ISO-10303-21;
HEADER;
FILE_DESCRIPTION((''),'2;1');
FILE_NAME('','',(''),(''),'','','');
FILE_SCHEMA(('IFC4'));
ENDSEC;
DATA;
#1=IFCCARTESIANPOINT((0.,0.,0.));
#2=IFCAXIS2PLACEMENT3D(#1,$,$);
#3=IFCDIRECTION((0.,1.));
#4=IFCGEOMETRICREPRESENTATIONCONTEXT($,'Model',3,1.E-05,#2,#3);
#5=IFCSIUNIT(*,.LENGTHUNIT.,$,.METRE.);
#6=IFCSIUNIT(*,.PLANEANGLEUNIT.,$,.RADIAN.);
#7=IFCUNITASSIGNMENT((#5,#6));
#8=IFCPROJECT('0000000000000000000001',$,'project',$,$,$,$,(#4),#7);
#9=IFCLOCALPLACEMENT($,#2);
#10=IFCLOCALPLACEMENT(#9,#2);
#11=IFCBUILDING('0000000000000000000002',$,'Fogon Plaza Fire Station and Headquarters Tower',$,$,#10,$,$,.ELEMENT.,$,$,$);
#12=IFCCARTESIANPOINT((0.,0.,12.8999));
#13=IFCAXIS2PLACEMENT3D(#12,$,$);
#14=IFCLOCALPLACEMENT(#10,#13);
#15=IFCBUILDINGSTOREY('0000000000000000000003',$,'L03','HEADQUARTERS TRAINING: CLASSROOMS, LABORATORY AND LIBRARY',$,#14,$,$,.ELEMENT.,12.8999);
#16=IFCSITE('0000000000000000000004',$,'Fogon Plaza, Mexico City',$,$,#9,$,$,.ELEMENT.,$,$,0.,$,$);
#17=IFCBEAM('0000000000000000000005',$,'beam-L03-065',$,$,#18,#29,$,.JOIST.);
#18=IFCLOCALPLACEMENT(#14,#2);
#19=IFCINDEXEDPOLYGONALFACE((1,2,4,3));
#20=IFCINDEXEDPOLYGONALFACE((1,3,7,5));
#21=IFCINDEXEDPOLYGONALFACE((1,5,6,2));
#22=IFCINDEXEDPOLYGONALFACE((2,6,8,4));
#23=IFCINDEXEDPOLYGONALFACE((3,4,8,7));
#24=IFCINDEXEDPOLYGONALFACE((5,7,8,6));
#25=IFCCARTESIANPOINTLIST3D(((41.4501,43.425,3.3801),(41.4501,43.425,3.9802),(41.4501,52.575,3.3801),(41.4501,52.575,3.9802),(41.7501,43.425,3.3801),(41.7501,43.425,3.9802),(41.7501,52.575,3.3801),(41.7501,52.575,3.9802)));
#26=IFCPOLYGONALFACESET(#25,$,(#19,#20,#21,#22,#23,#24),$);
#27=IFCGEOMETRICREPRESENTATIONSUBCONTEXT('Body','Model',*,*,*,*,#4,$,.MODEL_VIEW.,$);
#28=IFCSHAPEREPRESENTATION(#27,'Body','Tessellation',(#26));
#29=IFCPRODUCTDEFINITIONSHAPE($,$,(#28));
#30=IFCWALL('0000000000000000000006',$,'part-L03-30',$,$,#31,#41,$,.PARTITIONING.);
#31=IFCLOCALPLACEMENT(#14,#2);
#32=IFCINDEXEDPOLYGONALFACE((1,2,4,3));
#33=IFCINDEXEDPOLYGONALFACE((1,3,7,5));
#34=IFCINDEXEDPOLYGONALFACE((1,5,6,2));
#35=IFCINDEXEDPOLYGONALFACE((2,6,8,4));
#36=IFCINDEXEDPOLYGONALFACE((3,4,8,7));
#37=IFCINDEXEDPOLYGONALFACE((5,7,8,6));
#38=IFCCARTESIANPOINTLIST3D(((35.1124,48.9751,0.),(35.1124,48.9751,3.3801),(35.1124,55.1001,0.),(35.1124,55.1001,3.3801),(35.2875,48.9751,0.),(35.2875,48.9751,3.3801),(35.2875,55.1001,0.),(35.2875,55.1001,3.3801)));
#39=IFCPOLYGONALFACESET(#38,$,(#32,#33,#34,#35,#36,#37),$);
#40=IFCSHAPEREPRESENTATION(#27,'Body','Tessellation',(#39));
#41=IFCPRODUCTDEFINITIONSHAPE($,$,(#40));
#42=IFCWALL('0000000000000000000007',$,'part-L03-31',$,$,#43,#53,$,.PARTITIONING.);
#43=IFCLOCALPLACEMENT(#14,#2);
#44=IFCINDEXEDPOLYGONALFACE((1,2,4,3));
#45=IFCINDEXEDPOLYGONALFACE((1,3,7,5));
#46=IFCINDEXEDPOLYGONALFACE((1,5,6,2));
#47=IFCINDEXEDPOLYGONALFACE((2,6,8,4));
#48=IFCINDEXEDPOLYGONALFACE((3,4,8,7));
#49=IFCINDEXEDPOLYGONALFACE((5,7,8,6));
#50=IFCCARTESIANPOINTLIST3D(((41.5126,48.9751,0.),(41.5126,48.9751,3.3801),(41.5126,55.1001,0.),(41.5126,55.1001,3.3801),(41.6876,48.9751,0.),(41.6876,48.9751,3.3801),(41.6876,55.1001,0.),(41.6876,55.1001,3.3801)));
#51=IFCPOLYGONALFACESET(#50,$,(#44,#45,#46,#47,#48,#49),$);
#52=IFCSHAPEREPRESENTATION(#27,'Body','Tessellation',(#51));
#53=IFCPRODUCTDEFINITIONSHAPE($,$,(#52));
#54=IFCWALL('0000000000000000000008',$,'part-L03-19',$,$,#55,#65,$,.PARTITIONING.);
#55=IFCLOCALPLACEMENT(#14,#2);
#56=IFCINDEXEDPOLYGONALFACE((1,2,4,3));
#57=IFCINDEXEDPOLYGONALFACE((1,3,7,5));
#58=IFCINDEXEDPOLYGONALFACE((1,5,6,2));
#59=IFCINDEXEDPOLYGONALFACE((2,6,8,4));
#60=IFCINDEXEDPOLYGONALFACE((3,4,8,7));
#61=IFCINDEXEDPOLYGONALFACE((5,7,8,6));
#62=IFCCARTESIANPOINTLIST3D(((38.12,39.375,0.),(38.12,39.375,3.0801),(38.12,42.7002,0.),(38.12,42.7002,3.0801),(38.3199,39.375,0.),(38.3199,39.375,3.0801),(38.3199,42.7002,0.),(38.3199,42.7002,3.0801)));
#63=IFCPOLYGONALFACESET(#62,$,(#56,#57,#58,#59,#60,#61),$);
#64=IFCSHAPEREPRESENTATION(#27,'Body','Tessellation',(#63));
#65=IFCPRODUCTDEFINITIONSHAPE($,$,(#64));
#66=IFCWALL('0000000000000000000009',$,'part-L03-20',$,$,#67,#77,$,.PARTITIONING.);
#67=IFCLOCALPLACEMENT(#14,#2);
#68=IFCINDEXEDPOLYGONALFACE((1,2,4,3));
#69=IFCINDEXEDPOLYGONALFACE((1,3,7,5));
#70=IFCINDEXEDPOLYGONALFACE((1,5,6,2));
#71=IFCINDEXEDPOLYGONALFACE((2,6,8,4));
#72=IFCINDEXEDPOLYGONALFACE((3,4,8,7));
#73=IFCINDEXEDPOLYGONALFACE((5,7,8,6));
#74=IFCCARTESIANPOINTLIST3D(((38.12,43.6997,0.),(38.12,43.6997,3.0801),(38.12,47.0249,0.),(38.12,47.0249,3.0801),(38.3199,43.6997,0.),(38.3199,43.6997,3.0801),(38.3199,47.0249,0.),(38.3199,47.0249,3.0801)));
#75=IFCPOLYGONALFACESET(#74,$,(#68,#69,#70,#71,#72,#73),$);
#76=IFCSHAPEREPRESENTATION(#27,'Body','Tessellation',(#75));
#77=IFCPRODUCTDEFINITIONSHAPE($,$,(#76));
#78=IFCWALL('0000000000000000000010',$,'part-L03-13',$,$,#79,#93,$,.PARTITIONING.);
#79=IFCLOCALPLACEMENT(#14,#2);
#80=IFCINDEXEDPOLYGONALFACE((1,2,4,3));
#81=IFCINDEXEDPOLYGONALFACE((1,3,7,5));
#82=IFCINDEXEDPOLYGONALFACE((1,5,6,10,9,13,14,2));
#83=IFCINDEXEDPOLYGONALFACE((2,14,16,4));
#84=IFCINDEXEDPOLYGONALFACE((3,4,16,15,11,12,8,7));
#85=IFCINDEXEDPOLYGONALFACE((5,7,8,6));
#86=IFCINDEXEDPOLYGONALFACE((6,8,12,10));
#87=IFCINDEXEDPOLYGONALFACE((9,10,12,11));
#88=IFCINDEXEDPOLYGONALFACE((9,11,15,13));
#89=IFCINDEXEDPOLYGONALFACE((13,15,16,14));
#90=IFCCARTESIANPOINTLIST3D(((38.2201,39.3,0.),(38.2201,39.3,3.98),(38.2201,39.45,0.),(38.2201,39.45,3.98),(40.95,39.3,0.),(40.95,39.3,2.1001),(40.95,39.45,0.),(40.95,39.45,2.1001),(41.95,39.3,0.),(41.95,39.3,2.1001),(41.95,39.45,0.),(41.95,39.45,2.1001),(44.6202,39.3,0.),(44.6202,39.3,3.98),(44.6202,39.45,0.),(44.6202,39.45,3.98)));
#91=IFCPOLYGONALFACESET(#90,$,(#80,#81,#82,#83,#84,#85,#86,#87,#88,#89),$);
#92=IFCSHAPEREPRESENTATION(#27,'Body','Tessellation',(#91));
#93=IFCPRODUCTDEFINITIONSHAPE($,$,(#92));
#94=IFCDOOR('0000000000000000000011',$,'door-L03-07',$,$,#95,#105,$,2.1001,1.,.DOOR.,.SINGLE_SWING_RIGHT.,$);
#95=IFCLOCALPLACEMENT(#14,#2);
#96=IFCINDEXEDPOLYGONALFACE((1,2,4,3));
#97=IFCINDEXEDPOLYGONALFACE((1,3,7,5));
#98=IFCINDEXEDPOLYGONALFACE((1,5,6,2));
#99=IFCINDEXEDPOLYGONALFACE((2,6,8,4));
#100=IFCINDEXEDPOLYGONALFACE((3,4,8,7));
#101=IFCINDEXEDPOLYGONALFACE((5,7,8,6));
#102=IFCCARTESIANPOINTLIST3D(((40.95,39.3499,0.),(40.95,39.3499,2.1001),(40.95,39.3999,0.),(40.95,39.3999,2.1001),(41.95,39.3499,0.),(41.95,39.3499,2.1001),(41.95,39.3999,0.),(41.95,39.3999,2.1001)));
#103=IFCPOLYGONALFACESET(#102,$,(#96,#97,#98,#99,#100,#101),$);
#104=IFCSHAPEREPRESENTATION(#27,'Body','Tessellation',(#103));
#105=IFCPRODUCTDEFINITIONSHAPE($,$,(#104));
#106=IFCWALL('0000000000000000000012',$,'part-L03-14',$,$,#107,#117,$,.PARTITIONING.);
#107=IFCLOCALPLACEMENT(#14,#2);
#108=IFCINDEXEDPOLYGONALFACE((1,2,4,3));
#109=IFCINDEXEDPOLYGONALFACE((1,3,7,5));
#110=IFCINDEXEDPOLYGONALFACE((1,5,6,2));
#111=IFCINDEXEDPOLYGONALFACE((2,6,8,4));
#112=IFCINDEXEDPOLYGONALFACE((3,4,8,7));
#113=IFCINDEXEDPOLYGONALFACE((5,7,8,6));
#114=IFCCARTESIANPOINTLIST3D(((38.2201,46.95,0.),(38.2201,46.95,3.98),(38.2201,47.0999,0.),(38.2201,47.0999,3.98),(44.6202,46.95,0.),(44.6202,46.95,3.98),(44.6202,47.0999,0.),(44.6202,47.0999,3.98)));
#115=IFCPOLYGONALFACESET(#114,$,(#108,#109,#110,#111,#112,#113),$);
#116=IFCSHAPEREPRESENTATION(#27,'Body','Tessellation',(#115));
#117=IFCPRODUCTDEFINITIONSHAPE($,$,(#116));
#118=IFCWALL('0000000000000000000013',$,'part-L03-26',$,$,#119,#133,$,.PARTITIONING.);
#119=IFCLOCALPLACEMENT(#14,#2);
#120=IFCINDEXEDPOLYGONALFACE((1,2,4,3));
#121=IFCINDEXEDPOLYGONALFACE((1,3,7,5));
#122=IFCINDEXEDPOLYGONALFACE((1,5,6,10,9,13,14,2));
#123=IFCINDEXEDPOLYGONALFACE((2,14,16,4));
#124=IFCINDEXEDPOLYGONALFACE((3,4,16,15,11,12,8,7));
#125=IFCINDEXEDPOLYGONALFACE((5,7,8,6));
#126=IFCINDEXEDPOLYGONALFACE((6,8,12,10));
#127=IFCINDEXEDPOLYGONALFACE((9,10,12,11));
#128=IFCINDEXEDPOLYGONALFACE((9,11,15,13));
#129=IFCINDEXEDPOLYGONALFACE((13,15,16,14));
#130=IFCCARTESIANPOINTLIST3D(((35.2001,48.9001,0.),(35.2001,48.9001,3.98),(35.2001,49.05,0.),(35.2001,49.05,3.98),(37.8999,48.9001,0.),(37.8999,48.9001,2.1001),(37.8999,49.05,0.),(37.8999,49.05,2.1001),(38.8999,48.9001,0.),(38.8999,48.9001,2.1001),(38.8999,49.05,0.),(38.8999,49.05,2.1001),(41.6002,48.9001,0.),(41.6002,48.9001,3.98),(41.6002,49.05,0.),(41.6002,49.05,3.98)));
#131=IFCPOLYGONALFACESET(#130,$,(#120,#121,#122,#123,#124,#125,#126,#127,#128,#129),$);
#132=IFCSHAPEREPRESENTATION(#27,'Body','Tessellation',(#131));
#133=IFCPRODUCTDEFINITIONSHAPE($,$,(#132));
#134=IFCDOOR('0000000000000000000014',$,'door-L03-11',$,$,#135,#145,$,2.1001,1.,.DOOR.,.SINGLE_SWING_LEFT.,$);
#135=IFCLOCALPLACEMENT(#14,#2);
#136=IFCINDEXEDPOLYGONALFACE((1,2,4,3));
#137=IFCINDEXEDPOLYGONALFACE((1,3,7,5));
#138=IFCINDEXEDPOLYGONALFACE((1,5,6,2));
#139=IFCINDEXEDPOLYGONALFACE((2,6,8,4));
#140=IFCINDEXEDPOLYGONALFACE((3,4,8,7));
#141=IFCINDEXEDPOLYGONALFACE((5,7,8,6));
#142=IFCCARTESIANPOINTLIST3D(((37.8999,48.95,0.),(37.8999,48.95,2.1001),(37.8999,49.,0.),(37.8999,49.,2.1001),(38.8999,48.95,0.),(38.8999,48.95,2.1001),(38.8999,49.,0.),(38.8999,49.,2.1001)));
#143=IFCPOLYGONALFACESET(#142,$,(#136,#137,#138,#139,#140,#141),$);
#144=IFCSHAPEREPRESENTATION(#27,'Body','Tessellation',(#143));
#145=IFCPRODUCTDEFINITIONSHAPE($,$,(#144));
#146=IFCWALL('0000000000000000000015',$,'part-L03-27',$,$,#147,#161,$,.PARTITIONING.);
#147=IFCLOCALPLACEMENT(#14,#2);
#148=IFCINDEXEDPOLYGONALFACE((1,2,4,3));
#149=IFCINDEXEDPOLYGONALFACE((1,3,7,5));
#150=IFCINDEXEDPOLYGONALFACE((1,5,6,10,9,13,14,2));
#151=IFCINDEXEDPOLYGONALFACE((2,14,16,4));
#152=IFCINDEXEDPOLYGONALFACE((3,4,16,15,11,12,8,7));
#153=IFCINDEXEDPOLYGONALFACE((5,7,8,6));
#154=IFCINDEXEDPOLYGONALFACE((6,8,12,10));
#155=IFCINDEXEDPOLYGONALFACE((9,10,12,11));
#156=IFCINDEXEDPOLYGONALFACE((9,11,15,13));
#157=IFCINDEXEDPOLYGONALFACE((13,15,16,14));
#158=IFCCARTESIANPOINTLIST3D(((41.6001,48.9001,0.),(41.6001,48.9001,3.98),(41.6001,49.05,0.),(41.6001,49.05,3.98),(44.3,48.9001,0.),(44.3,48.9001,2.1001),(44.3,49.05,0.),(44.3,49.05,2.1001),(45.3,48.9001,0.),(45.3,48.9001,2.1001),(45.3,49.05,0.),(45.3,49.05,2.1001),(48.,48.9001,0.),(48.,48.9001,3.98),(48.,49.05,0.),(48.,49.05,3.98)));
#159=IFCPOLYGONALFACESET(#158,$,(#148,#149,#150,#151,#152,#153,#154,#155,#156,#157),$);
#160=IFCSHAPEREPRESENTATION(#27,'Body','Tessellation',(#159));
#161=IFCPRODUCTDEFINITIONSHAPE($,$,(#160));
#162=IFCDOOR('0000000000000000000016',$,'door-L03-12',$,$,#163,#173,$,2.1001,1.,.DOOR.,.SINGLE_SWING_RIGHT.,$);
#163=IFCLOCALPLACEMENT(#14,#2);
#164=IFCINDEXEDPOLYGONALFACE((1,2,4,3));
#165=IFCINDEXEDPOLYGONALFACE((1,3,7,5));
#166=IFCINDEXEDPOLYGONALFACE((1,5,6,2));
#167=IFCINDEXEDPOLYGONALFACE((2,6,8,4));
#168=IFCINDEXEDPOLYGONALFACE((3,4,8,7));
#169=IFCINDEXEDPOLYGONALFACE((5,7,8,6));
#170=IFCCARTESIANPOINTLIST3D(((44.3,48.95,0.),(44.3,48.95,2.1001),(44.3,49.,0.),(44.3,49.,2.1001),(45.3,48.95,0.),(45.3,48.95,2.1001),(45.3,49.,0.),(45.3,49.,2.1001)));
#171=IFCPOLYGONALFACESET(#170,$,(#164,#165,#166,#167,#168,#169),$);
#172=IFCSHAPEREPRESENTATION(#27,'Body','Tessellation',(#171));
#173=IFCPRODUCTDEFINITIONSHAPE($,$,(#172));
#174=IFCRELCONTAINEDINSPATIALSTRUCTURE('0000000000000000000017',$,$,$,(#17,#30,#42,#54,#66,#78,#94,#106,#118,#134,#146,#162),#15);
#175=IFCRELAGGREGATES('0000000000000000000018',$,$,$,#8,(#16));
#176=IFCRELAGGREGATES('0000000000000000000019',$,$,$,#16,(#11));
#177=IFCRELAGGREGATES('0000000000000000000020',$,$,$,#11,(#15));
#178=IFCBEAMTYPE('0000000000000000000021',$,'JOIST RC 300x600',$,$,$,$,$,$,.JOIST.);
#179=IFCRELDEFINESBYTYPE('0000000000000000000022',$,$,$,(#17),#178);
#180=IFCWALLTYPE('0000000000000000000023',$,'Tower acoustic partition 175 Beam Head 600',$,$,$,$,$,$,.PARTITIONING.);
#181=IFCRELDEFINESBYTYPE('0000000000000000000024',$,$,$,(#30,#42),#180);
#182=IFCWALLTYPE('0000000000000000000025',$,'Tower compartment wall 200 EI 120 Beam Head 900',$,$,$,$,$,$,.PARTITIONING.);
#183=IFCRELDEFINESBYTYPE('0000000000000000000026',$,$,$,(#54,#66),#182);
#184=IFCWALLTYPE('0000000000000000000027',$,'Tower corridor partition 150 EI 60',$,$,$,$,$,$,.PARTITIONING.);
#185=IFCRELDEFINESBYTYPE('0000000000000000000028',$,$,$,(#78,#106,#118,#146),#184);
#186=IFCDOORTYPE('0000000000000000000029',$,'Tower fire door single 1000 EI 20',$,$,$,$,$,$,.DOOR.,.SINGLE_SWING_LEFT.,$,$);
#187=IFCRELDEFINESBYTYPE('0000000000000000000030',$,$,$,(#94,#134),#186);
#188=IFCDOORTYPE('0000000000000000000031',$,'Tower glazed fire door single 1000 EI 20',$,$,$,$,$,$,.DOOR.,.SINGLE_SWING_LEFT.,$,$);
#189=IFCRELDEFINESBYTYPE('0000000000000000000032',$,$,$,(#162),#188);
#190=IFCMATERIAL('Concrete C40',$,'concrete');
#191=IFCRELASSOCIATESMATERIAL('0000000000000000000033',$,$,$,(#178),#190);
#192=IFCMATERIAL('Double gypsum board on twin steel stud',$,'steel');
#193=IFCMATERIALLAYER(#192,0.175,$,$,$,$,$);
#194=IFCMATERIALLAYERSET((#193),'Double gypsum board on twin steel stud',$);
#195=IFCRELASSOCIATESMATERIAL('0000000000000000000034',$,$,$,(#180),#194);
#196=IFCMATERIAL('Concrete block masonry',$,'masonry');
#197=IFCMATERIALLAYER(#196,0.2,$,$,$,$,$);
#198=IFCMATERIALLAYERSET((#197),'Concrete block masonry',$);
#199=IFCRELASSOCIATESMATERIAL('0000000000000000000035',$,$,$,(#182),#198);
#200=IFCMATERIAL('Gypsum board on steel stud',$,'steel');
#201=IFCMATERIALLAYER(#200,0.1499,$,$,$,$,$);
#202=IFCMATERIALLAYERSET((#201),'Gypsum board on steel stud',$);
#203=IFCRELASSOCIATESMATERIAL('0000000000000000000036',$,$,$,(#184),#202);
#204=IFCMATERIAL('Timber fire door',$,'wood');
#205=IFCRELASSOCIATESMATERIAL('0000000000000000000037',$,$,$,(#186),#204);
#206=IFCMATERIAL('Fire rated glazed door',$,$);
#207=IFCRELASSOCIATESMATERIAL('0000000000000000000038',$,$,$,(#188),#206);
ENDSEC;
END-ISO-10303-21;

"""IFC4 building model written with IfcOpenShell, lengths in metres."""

from ifc_helpers import new_model, si_unit, direction, frame, frame_2d, origin, origin_2d, place, context, subcontext, project, spatial, rectangle, extrude, material, layer, layer_set, material_profile, profile_set, type_object, element, fill, save


model = new_model("IFC4")

# Units and contexts
model_context = context("Model", 3, precision=1e-05, world=origin(), true_north=direction((0.0, 1.0)))
body_context = subcontext(model_context, "Body", "Model", "MODEL_VIEW")
ifc_project = project(units=[si_unit("LENGTHUNIT", "METRE"), si_unit("PLANEANGLEUNIT", "RADIAN")], contexts=[model_context])

# Site, building, storey
site_placement = place(None, origin())
site = spatial("IfcSite", under=ifc_project, at=site_placement, Name="Fogon Plaza, Mexico City", CompositionType="ELEMENT", RefElevation=0.0)
building_placement = place(site_placement, origin())
building = spatial("IfcBuilding", under=site, at=building_placement, Name="Fogon Plaza Fire Station and Headquarters Tower", CompositionType="ELEMENT")
storey_placement = place(building_placement, frame((0.0, 0.0, 12.8999)))
storey = spatial("IfcBuildingStorey", under=building, at=storey_placement, Name="L03", Description="HEADQUARTERS TRAINING: CLASSROOMS, LABORATORY AND LIBRARY", CompositionType="ELEMENT", Elevation=12.8999)

# Beam
ifc_material_1 = material(Name="Concrete C40", Category="concrete")
ifc_material_profile_1 = material_profile(ifc_material_1, rectangle(XDim=0.3, YDim=0.6001, at=origin_2d()), Name="RC 300x600")
ifc_profile_set_1 = profile_set([ifc_material_profile_1], Name="Concrete C40")
beam_type_1 = type_object("IfcBeamType", Name="JOIST RC 300x600", PredefinedType="JOIST", material=ifc_profile_set_1)
for number, where, z_axis, x_axis, name in (
    (1, (41.6001, 43.425, 3.6802), (0.0, 1.0, 0.0), (-1.0, 0.0, 0.0), "beam-L03-065"),
):
    element("IfcBeam", number, at=place(storey_placement, frame(where, z_axis=z_axis, x_axis=x_axis)), inside=storey, type_object=beam_type_1, Name=name, PredefinedType="JOIST", context=body_context, shape_type="SweptSolid", body=[
        extrude(rectangle(XDim=0.3, YDim=0.6001, at=origin_2d()), origin(), (0.0, 0.0, 1.0), 9.1499),
    ])

# Walls
ifc_material_2 = material(Name="Double gypsum board on twin steel stud", Category="steel")
ifc_layer_1 = layer(ifc_material_2, 0.175)
ifc_layer_set_1 = layer_set([ifc_layer_1], Name="Double gypsum board on twin steel stud")
wall_type_1 = type_object("IfcWallType", Name="Tower acoustic partition 175 Beam Head 600", PredefinedType="PARTITIONING", material=ifc_layer_set_1)
for number, where, z_axis, x_axis, name in (
    (2, (35.2, 48.9751, 0.0), (0.0, 0.0, 1.0), (0.0, 1.0, 0.0), "part-L03-30"),
    (3, (41.6001, 48.9751, 0.0), (0.0, 0.0, 1.0), (0.0, 1.0, 0.0), "part-L03-31"),
):
    element("IfcWall", number, at=place(storey_placement, frame(where, z_axis=z_axis, x_axis=x_axis)), inside=storey, type_object=wall_type_1, Name=name, PredefinedType="PARTITIONING", context=body_context, shape_type="SweptSolid", body=[
        extrude(rectangle(XDim=6.125, YDim=0.175, at=frame_2d((3.0625, 0.0))), origin(), (0.0, 0.0, 1.0), 3.3801),
    ])
ifc_material_3 = material(Name="Concrete block masonry", Category="masonry")
ifc_layer_2 = layer(ifc_material_3, 0.2)
ifc_layer_set_2 = layer_set([ifc_layer_2], Name="Concrete block masonry")
wall_type_2 = type_object("IfcWallType", Name="Tower compartment wall 200 EI 120 Beam Head 900", PredefinedType="PARTITIONING", material=ifc_layer_set_2)
for number, where, z_axis, x_axis, name in (
    (4, (38.22, 39.375, 0.0), (0.0, 0.0, 1.0), (0.0, 1.0, 0.0), "part-L03-19"),
    (5, (38.22, 43.6997, 0.0), (0.0, 0.0, 1.0), (0.0, 1.0, 0.0), "part-L03-20"),
):
    element("IfcWall", number, at=place(storey_placement, frame(where, z_axis=z_axis, x_axis=x_axis)), inside=storey, type_object=wall_type_2, Name=name, PredefinedType="PARTITIONING", context=body_context, shape_type="SweptSolid", body=[
        extrude(rectangle(XDim=3.3252, YDim=0.2, at=frame_2d((1.6626, 0.0))), origin(), (0.0, 0.0, 1.0), 3.0801),
    ])

# Wall, opening, door
ifc_material_4 = material(Name="Gypsum board on steel stud", Category="steel")
ifc_layer_3 = layer(ifc_material_4, 0.1499)
ifc_layer_set_3 = layer_set([ifc_layer_3], Name="Gypsum board on steel stud")
wall_type_3 = type_object("IfcWallType", Name="Tower corridor partition 150 EI 60", PredefinedType="PARTITIONING", material=ifc_layer_set_3)
wall_1_placement = place(storey_placement, frame((38.22, 39.375, 0.0), z_axis=(0.0, 0.0, 1.0), x_axis=(1.0, 0.0, 0.0)))
wall_1 = element("IfcWall", 6, at=wall_1_placement, inside=storey, type_object=wall_type_3, Name="part-L03-13", PredefinedType="PARTITIONING", context=body_context, shape_type="SweptSolid", body=[
    extrude(rectangle(XDim=6.4001, YDim=0.1499, at=frame_2d((3.2002, 0.0))), origin(), (0.0, 0.0, 1.0), 3.98),
])
opening_1_placement = place(wall_1_placement, frame((2.73, 0.0, 0.0)))
opening_1 = element("IfcOpeningElement", 7, at=opening_1_placement, cuts=wall_1, PredefinedType="OPENING", context=body_context, shape_type="SweptSolid", body=[
    extrude(rectangle(XDim=1.0, YDim=2.1001, at=frame_2d((0.5, 1.05))), frame((0.0, 0.085, 0.0), z_axis=(0.0, -1.0, 0.0), x_axis=(1.0, 0.0, 0.0)), (0.0, 0.0, 1.0), 0.1699),
])
ifc_material_5 = material(Name="Timber fire door", Category="wood")
door_type_1 = type_object("IfcDoorType", Name="Tower fire door single 1000 EI 20", OperationType="SINGLE_SWING_LEFT", PredefinedType="DOOR", material=ifc_material_5)
door_1_placement = place(opening_1_placement, origin())
door_1 = element("IfcDoor", 8, at=door_1_placement, inside=storey, type_object=door_type_1, Name="door-L03-07", OperationType="SINGLE_SWING_RIGHT", OverallHeight=2.1001, OverallWidth=1.0, PredefinedType="DOOR", context=body_context, shape_type="SweptSolid", body=[
    extrude(rectangle(XDim=1.0, YDim=2.1001, at=frame_2d((0.5, 1.05))), frame((0.0, 0.0249, 0.0), z_axis=(0.0, -1.0, 0.0), x_axis=(1.0, 0.0, 0.0)), (0.0, 0.0, 1.0), 0.05),
])
fill(opening_1, door_1)

# Wall
wall_2_placement = place(storey_placement, frame((38.22, 47.0249, 0.0), z_axis=(0.0, 0.0, 1.0), x_axis=(1.0, 0.0, 0.0)))
element("IfcWall", 9, at=wall_2_placement, inside=storey, type_object=wall_type_3, Name="part-L03-14", PredefinedType="PARTITIONING", context=body_context, shape_type="SweptSolid", body=[
    extrude(rectangle(XDim=6.4001, YDim=0.1499, at=frame_2d((3.2002, 0.0))), origin(), (0.0, 0.0, 1.0), 3.98),
])

# Walls, openings, doors
wall_3_placement = place(storey_placement, frame((35.2, 48.9751, 0.0), z_axis=(0.0, 0.0, 1.0), x_axis=(1.0, 0.0, 0.0)))
wall_3 = element("IfcWall", 10, at=wall_3_placement, inside=storey, type_object=wall_type_3, Name="part-L03-26", PredefinedType="PARTITIONING", context=body_context, shape_type="SweptSolid", body=[
    extrude(rectangle(XDim=6.4001, YDim=0.1499, at=frame_2d((3.2002, 0.0))), origin(), (0.0, 0.0, 1.0), 3.98),
])
opening_2_placement = place(wall_3_placement, frame((2.7, 0.0, 0.0)))
opening_2 = element("IfcOpeningElement", 11, at=opening_2_placement, cuts=wall_3, PredefinedType="OPENING", context=body_context, shape_type="SweptSolid", body=[
    extrude(rectangle(XDim=1.0, YDim=2.1001, at=frame_2d((0.5, 1.05))), frame((0.0, 0.085, 0.0), z_axis=(0.0, -1.0, 0.0), x_axis=(1.0, 0.0, 0.0)), (0.0, 0.0, 1.0), 0.1699),
])
door_2_placement = place(opening_2_placement, origin())
door_2 = element("IfcDoor", 12, at=door_2_placement, inside=storey, type_object=door_type_1, Name="door-L03-11", OperationType="SINGLE_SWING_LEFT", OverallHeight=2.1001, OverallWidth=1.0, PredefinedType="DOOR", context=body_context, shape_type="SweptSolid", body=[
    extrude(rectangle(XDim=1.0, YDim=2.1001, at=frame_2d((0.5, 1.05))), frame((0.0, 0.0249, 0.0), z_axis=(0.0, -1.0, 0.0), x_axis=(1.0, 0.0, 0.0)), (0.0, 0.0, 1.0), 0.05),
])
fill(opening_2, door_2)
wall_4_placement = place(storey_placement, frame((41.6001, 48.9751, 0.0), z_axis=(0.0, 0.0, 1.0), x_axis=(1.0, 0.0, 0.0)))
wall_4 = element("IfcWall", 13, at=wall_4_placement, inside=storey, type_object=wall_type_3, Name="part-L03-27", PredefinedType="PARTITIONING", context=body_context, shape_type="SweptSolid", body=[
    extrude(rectangle(XDim=6.3999, YDim=0.1499, at=frame_2d((3.2, 0.0))), origin(), (0.0, 0.0, 1.0), 3.98),
])
opening_3_placement = place(wall_4_placement, frame((2.7, 0.0, 0.0)))
opening_3 = element("IfcOpeningElement", 14, at=opening_3_placement, cuts=wall_4, PredefinedType="OPENING", context=body_context, shape_type="SweptSolid", body=[
    extrude(rectangle(XDim=1.0, YDim=2.1001, at=frame_2d((0.5, 1.05))), frame((0.0, 0.085, 0.0), z_axis=(0.0, -1.0, 0.0), x_axis=(1.0, 0.0, 0.0)), (0.0, 0.0, 1.0), 0.1699),
])
ifc_material_6 = material(Name="Fire rated glazed door")
door_type_2 = type_object("IfcDoorType", Name="Tower glazed fire door single 1000 EI 20", OperationType="SINGLE_SWING_LEFT", PredefinedType="DOOR", material=ifc_material_6)
door_3_placement = place(opening_3_placement, origin())
door_3 = element("IfcDoor", 15, at=door_3_placement, inside=storey, type_object=door_type_2, Name="door-L03-12", OperationType="SINGLE_SWING_RIGHT", OverallHeight=2.1001, OverallWidth=1.0, PredefinedType="DOOR", context=body_context, shape_type="SweptSolid", body=[
    extrude(rectangle(XDim=1.0, YDim=2.1001, at=frame_2d((0.5, 1.05))), frame((0.0, 0.0249, 0.0), z_axis=(0.0, -1.0, 0.0), x_axis=(1.0, 0.0, 0.0)), (0.0, 0.0, 1.0), 0.05),
])
fill(opening_3, door_3)

save(model, "model.ifc")
